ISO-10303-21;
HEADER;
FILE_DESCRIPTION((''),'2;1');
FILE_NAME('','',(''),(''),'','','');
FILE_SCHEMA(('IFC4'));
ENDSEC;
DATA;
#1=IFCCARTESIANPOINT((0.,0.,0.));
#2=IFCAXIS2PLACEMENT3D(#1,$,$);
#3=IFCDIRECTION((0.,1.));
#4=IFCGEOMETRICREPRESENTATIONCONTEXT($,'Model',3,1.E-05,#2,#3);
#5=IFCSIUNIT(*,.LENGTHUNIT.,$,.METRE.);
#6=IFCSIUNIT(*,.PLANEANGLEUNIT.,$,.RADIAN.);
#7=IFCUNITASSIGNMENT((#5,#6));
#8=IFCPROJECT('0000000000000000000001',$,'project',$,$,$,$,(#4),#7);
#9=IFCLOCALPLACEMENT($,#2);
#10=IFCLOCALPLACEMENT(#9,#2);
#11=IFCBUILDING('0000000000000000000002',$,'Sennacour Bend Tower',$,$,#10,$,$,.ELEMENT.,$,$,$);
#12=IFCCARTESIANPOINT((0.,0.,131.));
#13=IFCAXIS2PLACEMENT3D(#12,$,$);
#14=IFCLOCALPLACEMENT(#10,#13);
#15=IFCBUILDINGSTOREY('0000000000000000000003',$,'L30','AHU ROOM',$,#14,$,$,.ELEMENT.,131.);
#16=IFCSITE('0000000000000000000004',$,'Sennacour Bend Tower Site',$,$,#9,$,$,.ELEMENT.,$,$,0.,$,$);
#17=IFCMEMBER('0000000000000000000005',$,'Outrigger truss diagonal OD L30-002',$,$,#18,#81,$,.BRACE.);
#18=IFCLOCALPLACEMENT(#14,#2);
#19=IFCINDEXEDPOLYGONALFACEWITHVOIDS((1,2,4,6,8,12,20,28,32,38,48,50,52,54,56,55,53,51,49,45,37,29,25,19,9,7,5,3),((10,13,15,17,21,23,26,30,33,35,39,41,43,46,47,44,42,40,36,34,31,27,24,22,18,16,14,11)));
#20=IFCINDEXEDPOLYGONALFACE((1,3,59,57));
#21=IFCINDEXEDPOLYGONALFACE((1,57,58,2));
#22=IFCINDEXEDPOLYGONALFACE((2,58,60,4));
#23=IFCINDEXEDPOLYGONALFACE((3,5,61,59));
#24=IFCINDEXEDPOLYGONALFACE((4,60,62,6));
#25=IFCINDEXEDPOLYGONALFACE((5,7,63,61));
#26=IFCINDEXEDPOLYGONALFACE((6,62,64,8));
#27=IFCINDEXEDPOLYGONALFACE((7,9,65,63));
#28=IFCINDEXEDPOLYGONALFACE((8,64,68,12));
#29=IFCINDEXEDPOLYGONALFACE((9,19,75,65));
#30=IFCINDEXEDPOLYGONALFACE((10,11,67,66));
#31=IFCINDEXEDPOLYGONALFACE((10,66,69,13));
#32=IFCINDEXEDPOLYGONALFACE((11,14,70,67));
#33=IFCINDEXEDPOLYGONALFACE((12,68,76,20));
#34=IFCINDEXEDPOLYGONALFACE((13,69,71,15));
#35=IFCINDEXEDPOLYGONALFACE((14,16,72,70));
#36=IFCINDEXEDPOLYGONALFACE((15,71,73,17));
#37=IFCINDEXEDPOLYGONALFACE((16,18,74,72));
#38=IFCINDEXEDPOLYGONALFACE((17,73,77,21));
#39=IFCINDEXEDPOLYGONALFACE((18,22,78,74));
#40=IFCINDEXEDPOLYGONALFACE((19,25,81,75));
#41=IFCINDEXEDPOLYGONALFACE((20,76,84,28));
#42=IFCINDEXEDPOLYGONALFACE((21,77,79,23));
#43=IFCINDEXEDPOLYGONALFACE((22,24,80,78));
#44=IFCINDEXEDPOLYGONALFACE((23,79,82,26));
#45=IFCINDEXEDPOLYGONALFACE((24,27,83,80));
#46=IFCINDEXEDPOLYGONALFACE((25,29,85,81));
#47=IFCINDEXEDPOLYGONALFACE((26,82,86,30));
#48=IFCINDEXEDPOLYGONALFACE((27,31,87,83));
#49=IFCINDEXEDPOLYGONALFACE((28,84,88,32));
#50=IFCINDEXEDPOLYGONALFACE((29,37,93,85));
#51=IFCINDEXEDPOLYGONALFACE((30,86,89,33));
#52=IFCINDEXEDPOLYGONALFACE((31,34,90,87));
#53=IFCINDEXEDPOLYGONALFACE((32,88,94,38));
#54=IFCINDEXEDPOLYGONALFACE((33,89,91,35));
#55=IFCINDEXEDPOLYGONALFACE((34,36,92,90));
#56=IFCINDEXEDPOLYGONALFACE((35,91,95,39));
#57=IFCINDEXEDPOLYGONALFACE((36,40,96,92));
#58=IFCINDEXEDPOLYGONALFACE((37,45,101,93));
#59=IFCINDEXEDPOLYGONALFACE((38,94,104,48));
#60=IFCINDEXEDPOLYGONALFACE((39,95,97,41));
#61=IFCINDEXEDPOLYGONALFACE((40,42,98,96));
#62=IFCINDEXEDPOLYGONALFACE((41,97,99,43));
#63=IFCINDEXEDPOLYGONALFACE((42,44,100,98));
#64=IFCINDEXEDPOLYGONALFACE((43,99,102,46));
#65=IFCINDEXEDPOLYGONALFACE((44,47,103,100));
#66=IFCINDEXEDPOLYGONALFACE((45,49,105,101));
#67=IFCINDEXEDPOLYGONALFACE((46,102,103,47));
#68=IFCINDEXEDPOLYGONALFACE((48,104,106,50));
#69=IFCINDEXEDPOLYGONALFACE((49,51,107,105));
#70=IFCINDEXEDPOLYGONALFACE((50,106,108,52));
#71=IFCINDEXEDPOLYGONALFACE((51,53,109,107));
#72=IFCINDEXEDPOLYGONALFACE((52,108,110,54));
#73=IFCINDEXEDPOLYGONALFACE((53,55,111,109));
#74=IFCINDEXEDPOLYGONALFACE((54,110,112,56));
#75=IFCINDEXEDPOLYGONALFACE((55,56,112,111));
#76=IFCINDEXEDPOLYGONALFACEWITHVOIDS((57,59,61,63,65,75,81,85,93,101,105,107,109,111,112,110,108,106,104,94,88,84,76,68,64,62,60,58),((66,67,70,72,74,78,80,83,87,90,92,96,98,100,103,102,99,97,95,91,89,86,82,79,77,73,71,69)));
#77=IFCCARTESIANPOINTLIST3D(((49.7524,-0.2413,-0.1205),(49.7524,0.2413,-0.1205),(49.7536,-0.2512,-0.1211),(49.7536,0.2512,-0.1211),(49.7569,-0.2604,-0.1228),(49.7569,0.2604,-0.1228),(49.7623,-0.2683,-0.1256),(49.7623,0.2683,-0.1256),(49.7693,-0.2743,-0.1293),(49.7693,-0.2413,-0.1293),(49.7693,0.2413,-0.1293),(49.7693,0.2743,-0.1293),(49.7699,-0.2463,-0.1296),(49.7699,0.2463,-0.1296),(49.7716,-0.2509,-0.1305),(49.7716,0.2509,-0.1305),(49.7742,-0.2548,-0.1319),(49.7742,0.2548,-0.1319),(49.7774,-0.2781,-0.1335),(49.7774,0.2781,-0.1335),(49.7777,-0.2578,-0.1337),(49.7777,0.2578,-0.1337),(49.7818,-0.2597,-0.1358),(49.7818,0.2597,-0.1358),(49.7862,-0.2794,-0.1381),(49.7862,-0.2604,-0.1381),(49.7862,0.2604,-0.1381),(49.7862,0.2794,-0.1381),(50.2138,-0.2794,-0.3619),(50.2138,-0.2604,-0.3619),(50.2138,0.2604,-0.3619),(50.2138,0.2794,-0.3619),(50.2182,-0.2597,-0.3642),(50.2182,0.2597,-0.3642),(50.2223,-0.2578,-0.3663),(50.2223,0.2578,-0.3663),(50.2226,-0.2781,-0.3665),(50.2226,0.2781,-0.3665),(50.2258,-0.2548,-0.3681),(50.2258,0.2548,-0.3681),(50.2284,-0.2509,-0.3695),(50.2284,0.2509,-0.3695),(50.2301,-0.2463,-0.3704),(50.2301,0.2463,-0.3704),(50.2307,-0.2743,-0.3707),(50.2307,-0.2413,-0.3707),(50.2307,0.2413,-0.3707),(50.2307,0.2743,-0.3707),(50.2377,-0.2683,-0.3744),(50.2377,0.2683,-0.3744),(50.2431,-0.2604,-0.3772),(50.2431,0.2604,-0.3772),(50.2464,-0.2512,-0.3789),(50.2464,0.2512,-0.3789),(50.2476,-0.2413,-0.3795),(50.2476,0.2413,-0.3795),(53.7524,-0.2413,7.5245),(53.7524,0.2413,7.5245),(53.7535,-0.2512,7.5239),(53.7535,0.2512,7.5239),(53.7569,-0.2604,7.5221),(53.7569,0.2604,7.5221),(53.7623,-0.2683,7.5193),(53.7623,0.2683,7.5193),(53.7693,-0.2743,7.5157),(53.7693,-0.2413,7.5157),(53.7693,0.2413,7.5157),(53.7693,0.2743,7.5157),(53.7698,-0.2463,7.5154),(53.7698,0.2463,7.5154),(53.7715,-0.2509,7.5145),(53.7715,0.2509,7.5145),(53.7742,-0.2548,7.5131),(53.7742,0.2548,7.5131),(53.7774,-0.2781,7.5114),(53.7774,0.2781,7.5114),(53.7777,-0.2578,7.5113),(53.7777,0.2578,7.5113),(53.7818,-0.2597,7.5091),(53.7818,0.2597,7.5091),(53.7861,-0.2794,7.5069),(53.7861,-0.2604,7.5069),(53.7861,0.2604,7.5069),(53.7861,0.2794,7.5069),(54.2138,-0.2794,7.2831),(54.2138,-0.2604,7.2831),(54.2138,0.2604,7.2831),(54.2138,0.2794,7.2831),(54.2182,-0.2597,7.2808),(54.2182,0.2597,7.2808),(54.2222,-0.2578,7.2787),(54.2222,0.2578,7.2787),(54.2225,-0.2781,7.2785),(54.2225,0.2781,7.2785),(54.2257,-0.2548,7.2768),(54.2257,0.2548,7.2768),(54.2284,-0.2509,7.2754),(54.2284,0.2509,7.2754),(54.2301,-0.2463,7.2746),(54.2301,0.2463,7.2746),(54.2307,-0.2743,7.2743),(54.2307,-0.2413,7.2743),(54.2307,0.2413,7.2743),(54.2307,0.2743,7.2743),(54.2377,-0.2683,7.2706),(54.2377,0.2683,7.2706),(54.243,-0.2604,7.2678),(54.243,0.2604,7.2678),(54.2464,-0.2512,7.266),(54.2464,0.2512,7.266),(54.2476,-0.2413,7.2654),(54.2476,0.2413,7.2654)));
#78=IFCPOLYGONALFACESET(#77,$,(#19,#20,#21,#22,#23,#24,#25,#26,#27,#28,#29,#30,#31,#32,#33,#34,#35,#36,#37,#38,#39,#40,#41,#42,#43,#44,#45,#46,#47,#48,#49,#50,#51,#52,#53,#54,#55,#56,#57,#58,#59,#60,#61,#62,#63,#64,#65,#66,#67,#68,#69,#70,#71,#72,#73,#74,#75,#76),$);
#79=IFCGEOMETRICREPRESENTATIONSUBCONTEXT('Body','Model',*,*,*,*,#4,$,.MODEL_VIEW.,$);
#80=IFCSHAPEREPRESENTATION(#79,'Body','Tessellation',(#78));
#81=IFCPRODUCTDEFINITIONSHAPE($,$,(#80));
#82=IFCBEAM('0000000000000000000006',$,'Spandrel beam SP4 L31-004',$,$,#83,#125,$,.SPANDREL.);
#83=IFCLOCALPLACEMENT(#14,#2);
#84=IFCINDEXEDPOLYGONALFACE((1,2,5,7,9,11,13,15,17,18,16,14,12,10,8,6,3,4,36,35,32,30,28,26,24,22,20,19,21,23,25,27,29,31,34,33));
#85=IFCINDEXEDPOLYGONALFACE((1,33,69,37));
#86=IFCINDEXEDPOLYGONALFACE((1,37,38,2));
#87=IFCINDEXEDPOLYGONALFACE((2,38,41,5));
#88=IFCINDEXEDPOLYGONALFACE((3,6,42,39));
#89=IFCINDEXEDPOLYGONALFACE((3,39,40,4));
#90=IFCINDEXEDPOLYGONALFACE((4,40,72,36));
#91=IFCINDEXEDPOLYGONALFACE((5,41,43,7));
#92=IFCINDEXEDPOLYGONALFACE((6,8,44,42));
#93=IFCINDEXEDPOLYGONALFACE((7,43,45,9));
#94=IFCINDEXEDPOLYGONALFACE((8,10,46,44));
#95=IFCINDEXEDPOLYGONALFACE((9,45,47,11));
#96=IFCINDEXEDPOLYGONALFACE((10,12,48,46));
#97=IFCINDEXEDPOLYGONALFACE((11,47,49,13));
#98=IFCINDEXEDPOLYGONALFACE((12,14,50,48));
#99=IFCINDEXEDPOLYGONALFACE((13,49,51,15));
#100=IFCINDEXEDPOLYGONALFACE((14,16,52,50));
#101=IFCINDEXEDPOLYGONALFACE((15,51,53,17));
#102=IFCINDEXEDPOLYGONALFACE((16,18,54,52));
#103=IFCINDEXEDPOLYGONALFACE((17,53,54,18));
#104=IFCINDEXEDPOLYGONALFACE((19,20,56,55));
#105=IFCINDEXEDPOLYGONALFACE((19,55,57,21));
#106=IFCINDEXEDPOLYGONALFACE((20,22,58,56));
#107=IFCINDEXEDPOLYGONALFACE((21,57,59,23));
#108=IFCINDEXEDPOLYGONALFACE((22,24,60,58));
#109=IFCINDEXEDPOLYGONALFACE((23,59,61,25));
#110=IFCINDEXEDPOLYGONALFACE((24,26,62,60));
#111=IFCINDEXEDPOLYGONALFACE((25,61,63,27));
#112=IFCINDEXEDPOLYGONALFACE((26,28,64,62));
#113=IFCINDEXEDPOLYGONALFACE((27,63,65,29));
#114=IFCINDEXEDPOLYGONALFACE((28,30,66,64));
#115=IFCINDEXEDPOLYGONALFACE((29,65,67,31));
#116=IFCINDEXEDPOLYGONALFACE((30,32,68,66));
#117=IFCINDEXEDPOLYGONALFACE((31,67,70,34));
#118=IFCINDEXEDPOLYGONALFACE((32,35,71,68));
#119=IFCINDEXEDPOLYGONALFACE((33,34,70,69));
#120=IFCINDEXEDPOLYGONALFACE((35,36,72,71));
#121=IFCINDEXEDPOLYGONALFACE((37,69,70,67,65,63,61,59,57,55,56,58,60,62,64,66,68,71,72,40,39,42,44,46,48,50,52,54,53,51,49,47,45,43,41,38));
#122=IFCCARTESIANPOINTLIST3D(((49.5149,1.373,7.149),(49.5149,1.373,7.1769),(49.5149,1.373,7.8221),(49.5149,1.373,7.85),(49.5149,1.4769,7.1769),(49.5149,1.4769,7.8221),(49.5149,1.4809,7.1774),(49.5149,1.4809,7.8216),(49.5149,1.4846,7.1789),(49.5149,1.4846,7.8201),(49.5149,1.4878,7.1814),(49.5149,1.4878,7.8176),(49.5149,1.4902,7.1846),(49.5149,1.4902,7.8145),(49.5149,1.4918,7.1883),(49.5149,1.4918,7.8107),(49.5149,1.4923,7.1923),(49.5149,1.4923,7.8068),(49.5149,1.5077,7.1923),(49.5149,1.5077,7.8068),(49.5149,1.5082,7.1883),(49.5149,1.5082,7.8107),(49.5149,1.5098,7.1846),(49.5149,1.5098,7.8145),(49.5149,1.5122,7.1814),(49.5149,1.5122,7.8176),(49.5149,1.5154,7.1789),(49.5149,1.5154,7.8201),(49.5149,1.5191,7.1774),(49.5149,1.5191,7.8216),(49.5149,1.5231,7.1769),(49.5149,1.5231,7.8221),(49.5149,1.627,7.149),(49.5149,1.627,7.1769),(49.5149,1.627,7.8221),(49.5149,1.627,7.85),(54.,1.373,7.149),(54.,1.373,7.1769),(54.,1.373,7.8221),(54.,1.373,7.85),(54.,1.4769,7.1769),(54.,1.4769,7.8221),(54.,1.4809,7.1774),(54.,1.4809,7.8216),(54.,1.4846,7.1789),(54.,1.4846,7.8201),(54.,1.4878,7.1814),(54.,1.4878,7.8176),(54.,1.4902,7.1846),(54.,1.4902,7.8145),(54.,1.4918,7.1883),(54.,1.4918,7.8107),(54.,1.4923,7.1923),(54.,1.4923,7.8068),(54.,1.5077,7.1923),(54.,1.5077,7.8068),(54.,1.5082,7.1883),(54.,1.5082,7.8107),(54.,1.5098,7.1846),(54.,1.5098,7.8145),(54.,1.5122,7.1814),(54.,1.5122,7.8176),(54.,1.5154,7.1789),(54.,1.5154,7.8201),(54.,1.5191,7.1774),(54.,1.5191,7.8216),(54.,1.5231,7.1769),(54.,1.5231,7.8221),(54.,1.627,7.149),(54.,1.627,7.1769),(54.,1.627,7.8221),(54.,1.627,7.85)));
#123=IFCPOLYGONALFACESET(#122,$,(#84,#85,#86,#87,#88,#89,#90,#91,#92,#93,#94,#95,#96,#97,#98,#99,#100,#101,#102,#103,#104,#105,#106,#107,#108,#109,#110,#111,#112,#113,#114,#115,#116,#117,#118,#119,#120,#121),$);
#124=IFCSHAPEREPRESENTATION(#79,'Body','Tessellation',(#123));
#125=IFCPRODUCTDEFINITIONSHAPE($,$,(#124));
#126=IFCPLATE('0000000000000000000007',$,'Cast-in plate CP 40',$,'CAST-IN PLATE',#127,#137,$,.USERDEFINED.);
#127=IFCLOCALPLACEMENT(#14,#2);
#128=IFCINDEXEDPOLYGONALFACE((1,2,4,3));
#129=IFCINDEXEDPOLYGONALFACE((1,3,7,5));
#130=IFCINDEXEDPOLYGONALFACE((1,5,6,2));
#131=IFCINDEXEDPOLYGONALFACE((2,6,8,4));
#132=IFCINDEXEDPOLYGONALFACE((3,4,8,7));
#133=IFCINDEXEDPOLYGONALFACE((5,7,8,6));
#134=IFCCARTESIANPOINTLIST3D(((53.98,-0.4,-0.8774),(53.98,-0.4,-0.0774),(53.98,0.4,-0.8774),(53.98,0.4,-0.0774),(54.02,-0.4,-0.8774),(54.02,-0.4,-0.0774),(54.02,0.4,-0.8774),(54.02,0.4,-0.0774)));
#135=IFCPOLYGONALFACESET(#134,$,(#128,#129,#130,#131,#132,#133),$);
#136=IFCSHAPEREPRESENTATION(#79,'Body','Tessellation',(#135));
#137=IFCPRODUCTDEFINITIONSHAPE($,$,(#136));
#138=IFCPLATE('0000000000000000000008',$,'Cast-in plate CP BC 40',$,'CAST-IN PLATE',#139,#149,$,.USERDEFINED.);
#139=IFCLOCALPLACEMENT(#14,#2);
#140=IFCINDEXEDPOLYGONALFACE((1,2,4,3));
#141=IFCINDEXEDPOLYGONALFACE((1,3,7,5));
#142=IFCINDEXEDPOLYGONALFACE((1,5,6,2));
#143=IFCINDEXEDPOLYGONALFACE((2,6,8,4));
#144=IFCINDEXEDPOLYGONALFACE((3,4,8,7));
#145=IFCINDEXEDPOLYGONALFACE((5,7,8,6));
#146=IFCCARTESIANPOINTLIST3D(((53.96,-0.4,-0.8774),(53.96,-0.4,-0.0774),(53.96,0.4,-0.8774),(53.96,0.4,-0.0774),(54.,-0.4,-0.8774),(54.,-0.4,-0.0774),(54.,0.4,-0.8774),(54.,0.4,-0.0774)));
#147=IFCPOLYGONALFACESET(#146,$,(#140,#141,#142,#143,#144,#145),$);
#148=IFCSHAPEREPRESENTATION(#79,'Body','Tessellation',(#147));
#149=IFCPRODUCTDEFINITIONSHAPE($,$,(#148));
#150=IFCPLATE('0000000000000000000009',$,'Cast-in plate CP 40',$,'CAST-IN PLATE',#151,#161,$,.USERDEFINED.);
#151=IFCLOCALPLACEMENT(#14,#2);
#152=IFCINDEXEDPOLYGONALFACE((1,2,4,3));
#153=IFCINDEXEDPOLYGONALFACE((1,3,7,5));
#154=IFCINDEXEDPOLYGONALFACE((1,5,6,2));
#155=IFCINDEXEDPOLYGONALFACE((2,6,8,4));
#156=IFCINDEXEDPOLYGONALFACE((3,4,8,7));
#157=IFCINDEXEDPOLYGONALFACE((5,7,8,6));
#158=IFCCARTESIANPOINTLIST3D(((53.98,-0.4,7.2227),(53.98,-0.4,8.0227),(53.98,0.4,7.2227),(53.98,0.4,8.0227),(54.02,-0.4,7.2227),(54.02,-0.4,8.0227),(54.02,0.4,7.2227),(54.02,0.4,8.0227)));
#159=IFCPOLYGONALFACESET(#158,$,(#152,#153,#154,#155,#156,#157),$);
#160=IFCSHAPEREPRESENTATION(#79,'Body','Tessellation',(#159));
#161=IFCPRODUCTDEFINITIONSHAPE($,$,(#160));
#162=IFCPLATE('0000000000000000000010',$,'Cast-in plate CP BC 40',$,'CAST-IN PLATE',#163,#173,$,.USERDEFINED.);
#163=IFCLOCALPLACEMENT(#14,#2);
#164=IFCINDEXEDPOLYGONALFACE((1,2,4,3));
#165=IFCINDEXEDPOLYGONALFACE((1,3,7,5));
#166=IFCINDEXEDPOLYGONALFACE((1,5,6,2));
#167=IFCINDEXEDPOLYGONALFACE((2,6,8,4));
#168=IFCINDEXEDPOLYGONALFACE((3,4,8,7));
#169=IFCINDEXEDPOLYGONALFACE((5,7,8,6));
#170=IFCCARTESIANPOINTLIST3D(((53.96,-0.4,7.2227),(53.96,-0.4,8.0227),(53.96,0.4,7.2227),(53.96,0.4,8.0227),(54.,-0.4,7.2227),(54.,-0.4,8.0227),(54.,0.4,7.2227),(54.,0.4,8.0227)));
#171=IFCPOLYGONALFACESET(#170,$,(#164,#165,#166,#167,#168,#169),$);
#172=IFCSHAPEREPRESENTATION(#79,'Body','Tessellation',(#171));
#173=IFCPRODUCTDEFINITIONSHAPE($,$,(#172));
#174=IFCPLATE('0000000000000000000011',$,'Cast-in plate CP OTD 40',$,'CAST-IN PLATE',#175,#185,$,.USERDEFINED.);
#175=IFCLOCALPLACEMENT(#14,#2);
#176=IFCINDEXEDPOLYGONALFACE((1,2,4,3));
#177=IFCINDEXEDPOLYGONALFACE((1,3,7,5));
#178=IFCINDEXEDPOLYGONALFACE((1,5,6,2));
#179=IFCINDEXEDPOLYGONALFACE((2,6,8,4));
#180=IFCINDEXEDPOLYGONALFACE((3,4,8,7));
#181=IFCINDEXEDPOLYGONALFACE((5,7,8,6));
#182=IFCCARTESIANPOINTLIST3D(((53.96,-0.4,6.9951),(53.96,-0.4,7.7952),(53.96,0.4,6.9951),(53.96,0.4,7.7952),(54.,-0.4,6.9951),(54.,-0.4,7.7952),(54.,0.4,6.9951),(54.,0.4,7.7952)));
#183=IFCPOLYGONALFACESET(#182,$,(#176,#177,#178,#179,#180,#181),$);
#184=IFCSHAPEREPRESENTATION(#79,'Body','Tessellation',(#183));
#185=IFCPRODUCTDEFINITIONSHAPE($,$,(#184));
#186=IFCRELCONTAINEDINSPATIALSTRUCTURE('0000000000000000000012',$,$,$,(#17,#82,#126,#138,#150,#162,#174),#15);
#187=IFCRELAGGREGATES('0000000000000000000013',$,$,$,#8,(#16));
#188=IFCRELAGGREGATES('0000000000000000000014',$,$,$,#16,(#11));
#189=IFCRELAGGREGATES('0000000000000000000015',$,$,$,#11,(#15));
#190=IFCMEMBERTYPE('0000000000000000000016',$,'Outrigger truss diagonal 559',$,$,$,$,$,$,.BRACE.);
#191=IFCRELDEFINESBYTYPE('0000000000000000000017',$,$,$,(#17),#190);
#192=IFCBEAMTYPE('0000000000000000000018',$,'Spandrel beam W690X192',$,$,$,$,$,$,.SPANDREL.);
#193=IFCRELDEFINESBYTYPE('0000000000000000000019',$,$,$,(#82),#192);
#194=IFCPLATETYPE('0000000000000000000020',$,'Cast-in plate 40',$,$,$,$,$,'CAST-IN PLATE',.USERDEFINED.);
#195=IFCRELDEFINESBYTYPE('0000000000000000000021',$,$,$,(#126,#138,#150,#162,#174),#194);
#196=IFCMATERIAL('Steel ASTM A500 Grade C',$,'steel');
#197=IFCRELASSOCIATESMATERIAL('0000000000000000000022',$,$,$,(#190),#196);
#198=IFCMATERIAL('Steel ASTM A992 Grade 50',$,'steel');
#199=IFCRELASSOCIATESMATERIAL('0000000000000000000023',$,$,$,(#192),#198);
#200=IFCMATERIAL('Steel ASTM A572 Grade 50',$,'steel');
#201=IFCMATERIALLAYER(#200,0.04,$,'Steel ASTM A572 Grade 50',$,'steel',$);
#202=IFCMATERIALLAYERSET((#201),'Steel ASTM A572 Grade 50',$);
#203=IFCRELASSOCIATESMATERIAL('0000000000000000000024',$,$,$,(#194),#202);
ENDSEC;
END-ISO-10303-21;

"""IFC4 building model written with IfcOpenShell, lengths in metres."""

from ifc_helpers import new_model, si_unit, direction, frame, origin, origin_2d, place, context, subcontext, project, spatial, rectangle, hollow_rectangle, i_section, extrude, material, layer, layer_set, material_profile, profile_set, type_object, element, save


model = new_model("IFC4")

# Units and contexts
model_context = context("Model", 3, precision=1e-05, world=origin(), true_north=direction((0.0, 1.0)))
body_context = subcontext(model_context, "Body", "Model", "MODEL_VIEW")
ifc_project = project(units=[si_unit("LENGTHUNIT", "METRE"), si_unit("PLANEANGLEUNIT", "RADIAN")], contexts=[model_context])

# Site, building, storey
site_placement = place(None, origin())
site = spatial("IfcSite", under=ifc_project, at=site_placement, Name="Sennacour Bend Tower Site", CompositionType="ELEMENT", RefElevation=0.0)
building_placement = place(site_placement, origin())
building = spatial("IfcBuilding", under=site, at=building_placement, Name="Sennacour Bend Tower", CompositionType="ELEMENT")
storey_placement = place(building_placement, frame((0.0, 0.0, 131.0)))
storey = spatial("IfcBuildingStorey", under=building, at=storey_placement, Name="L30", Description="AHU ROOM", CompositionType="ELEMENT", Elevation=131.0)

# Shared definitions
ifc_material_1 = material(Name="Steel ASTM A992 Grade 50", Category="steel")

# Member
ifc_material_2 = material(Name="Steel ASTM A500 Grade C", Category="steel")
ifc_material_profile_1 = material_profile(ifc_material_2, hollow_rectangle(XDim=0.5588, YDim=0.5588, WallThickness=0.019, InnerFilletRadius=0.019, OuterFilletRadius=0.0381, at=origin_2d()), Name="Steel ASTM A500 Grade C", Category="steel")
ifc_profile_set_1 = profile_set([ifc_material_profile_1], Name="Steel ASTM A500 Grade C")
member_type_1 = type_object("IfcMemberType", Name="Outrigger truss diagonal 559", PredefinedType="BRACE", material=ifc_profile_set_1)
member_1_placement = place(storey_placement, frame((50.0, 0.0, -0.25), z_axis=(0.463595, 0.0, 0.886047), x_axis=(0.0, 1.0, 0.0)))
element("IfcMember", 1, at=member_1_placement, inside=storey, type_object=member_type_1, Name="Outrigger truss diagonal OD L30-002", PredefinedType="BRACE", context=body_context, shape_type="SweptSolid", body=[
    extrude(hollow_rectangle(XDim=0.5588, YDim=0.5588, WallThickness=0.019, InnerFilletRadius=0.019, OuterFilletRadius=0.0381, at=origin_2d()), origin(), (0.0, 0.0, 1.0), 8.6282),
])

# Beam
ifc_material_profile_2 = material_profile(ifc_material_1, i_section(OverallWidth=0.2539, OverallDepth=0.7009, WebThickness=0.0154, FlangeThickness=0.0278, FilletRadius=0.0154, at=origin_2d()), Name="Steel ASTM A992 Grade 50", Category="steel")
ifc_profile_set_2 = profile_set([ifc_material_profile_2], Name="Steel ASTM A992 Grade 50")
beam_type_1 = type_object("IfcBeamType", Name="Spandrel beam W690X192", PredefinedType="SPANDREL", material=ifc_profile_set_2)
beam_1_placement = place(storey_placement, frame((54.0, 1.5, 7.4995), z_axis=(-1.0, 0.0, 0.0), x_axis=(0.0, -1.0, 0.0)))
element("IfcBeam", 2, at=beam_1_placement, inside=storey, type_object=beam_type_1, Name="Spandrel beam SP4 L31-004", PredefinedType="SPANDREL", context=body_context, shape_type="SweptSolid", body=[
    extrude(i_section(OverallWidth=0.2539, OverallDepth=0.7009, WebThickness=0.0154, FlangeThickness=0.0278, FilletRadius=0.0154, at=origin_2d()), origin(), (0.0, 0.0, 1.0), 4.4851),
])

# Plates
ifc_material_3 = material(Name="Steel ASTM A572 Grade 50", Category="steel")
ifc_layer_1 = layer(ifc_material_3, 0.04, Name="Steel ASTM A572 Grade 50", Category="steel")
ifc_layer_set_1 = layer_set([ifc_layer_1], Name="Steel ASTM A572 Grade 50")
plate_type = type_object("IfcPlateType", Name="Cast-in plate 40", ElementType="CAST-IN PLATE", PredefinedType="USERDEFINED", material=ifc_layer_set_1)
for number, where, z_axis, x_axis, name in (
    (3, (54.0, 0.0, -0.8774), (0.0, 0.0, 1.0), (1.0, 0.0, 0.0), "Cast-in plate CP 40"),
    (4, (53.98, 0.0, -0.8774), (0.0, 0.0, 1.0), (1.0, 0.0, 0.0), "Cast-in plate CP BC 40"),
    (5, (54.0, 0.0, 7.2227), (0.0, 0.0, 1.0), (1.0, 0.0, 0.0), "Cast-in plate CP 40"),
    (6, (53.98, 0.0, 7.2227), (0.0, 0.0, 1.0), (1.0, 0.0, 0.0), "Cast-in plate CP BC 40"),
    (7, (53.98, 0.0, 6.9951), (0.0, 0.0, 1.0), (1.0, 0.0, 0.0), "Cast-in plate CP OTD 40"),
):
    element("IfcPlate", number, at=place(storey_placement, frame(where, z_axis=z_axis, x_axis=x_axis)), inside=storey, type_object=plate_type, Name=name, ObjectType="CAST-IN PLATE", PredefinedType="USERDEFINED", context=body_context, shape_type="SweptSolid", body=[
        extrude(rectangle(XDim=0.04, YDim=0.8, at=origin_2d()), origin(), (0.0, 0.0, 1.0), 0.8),
    ])

save(model, "model.ifc")
